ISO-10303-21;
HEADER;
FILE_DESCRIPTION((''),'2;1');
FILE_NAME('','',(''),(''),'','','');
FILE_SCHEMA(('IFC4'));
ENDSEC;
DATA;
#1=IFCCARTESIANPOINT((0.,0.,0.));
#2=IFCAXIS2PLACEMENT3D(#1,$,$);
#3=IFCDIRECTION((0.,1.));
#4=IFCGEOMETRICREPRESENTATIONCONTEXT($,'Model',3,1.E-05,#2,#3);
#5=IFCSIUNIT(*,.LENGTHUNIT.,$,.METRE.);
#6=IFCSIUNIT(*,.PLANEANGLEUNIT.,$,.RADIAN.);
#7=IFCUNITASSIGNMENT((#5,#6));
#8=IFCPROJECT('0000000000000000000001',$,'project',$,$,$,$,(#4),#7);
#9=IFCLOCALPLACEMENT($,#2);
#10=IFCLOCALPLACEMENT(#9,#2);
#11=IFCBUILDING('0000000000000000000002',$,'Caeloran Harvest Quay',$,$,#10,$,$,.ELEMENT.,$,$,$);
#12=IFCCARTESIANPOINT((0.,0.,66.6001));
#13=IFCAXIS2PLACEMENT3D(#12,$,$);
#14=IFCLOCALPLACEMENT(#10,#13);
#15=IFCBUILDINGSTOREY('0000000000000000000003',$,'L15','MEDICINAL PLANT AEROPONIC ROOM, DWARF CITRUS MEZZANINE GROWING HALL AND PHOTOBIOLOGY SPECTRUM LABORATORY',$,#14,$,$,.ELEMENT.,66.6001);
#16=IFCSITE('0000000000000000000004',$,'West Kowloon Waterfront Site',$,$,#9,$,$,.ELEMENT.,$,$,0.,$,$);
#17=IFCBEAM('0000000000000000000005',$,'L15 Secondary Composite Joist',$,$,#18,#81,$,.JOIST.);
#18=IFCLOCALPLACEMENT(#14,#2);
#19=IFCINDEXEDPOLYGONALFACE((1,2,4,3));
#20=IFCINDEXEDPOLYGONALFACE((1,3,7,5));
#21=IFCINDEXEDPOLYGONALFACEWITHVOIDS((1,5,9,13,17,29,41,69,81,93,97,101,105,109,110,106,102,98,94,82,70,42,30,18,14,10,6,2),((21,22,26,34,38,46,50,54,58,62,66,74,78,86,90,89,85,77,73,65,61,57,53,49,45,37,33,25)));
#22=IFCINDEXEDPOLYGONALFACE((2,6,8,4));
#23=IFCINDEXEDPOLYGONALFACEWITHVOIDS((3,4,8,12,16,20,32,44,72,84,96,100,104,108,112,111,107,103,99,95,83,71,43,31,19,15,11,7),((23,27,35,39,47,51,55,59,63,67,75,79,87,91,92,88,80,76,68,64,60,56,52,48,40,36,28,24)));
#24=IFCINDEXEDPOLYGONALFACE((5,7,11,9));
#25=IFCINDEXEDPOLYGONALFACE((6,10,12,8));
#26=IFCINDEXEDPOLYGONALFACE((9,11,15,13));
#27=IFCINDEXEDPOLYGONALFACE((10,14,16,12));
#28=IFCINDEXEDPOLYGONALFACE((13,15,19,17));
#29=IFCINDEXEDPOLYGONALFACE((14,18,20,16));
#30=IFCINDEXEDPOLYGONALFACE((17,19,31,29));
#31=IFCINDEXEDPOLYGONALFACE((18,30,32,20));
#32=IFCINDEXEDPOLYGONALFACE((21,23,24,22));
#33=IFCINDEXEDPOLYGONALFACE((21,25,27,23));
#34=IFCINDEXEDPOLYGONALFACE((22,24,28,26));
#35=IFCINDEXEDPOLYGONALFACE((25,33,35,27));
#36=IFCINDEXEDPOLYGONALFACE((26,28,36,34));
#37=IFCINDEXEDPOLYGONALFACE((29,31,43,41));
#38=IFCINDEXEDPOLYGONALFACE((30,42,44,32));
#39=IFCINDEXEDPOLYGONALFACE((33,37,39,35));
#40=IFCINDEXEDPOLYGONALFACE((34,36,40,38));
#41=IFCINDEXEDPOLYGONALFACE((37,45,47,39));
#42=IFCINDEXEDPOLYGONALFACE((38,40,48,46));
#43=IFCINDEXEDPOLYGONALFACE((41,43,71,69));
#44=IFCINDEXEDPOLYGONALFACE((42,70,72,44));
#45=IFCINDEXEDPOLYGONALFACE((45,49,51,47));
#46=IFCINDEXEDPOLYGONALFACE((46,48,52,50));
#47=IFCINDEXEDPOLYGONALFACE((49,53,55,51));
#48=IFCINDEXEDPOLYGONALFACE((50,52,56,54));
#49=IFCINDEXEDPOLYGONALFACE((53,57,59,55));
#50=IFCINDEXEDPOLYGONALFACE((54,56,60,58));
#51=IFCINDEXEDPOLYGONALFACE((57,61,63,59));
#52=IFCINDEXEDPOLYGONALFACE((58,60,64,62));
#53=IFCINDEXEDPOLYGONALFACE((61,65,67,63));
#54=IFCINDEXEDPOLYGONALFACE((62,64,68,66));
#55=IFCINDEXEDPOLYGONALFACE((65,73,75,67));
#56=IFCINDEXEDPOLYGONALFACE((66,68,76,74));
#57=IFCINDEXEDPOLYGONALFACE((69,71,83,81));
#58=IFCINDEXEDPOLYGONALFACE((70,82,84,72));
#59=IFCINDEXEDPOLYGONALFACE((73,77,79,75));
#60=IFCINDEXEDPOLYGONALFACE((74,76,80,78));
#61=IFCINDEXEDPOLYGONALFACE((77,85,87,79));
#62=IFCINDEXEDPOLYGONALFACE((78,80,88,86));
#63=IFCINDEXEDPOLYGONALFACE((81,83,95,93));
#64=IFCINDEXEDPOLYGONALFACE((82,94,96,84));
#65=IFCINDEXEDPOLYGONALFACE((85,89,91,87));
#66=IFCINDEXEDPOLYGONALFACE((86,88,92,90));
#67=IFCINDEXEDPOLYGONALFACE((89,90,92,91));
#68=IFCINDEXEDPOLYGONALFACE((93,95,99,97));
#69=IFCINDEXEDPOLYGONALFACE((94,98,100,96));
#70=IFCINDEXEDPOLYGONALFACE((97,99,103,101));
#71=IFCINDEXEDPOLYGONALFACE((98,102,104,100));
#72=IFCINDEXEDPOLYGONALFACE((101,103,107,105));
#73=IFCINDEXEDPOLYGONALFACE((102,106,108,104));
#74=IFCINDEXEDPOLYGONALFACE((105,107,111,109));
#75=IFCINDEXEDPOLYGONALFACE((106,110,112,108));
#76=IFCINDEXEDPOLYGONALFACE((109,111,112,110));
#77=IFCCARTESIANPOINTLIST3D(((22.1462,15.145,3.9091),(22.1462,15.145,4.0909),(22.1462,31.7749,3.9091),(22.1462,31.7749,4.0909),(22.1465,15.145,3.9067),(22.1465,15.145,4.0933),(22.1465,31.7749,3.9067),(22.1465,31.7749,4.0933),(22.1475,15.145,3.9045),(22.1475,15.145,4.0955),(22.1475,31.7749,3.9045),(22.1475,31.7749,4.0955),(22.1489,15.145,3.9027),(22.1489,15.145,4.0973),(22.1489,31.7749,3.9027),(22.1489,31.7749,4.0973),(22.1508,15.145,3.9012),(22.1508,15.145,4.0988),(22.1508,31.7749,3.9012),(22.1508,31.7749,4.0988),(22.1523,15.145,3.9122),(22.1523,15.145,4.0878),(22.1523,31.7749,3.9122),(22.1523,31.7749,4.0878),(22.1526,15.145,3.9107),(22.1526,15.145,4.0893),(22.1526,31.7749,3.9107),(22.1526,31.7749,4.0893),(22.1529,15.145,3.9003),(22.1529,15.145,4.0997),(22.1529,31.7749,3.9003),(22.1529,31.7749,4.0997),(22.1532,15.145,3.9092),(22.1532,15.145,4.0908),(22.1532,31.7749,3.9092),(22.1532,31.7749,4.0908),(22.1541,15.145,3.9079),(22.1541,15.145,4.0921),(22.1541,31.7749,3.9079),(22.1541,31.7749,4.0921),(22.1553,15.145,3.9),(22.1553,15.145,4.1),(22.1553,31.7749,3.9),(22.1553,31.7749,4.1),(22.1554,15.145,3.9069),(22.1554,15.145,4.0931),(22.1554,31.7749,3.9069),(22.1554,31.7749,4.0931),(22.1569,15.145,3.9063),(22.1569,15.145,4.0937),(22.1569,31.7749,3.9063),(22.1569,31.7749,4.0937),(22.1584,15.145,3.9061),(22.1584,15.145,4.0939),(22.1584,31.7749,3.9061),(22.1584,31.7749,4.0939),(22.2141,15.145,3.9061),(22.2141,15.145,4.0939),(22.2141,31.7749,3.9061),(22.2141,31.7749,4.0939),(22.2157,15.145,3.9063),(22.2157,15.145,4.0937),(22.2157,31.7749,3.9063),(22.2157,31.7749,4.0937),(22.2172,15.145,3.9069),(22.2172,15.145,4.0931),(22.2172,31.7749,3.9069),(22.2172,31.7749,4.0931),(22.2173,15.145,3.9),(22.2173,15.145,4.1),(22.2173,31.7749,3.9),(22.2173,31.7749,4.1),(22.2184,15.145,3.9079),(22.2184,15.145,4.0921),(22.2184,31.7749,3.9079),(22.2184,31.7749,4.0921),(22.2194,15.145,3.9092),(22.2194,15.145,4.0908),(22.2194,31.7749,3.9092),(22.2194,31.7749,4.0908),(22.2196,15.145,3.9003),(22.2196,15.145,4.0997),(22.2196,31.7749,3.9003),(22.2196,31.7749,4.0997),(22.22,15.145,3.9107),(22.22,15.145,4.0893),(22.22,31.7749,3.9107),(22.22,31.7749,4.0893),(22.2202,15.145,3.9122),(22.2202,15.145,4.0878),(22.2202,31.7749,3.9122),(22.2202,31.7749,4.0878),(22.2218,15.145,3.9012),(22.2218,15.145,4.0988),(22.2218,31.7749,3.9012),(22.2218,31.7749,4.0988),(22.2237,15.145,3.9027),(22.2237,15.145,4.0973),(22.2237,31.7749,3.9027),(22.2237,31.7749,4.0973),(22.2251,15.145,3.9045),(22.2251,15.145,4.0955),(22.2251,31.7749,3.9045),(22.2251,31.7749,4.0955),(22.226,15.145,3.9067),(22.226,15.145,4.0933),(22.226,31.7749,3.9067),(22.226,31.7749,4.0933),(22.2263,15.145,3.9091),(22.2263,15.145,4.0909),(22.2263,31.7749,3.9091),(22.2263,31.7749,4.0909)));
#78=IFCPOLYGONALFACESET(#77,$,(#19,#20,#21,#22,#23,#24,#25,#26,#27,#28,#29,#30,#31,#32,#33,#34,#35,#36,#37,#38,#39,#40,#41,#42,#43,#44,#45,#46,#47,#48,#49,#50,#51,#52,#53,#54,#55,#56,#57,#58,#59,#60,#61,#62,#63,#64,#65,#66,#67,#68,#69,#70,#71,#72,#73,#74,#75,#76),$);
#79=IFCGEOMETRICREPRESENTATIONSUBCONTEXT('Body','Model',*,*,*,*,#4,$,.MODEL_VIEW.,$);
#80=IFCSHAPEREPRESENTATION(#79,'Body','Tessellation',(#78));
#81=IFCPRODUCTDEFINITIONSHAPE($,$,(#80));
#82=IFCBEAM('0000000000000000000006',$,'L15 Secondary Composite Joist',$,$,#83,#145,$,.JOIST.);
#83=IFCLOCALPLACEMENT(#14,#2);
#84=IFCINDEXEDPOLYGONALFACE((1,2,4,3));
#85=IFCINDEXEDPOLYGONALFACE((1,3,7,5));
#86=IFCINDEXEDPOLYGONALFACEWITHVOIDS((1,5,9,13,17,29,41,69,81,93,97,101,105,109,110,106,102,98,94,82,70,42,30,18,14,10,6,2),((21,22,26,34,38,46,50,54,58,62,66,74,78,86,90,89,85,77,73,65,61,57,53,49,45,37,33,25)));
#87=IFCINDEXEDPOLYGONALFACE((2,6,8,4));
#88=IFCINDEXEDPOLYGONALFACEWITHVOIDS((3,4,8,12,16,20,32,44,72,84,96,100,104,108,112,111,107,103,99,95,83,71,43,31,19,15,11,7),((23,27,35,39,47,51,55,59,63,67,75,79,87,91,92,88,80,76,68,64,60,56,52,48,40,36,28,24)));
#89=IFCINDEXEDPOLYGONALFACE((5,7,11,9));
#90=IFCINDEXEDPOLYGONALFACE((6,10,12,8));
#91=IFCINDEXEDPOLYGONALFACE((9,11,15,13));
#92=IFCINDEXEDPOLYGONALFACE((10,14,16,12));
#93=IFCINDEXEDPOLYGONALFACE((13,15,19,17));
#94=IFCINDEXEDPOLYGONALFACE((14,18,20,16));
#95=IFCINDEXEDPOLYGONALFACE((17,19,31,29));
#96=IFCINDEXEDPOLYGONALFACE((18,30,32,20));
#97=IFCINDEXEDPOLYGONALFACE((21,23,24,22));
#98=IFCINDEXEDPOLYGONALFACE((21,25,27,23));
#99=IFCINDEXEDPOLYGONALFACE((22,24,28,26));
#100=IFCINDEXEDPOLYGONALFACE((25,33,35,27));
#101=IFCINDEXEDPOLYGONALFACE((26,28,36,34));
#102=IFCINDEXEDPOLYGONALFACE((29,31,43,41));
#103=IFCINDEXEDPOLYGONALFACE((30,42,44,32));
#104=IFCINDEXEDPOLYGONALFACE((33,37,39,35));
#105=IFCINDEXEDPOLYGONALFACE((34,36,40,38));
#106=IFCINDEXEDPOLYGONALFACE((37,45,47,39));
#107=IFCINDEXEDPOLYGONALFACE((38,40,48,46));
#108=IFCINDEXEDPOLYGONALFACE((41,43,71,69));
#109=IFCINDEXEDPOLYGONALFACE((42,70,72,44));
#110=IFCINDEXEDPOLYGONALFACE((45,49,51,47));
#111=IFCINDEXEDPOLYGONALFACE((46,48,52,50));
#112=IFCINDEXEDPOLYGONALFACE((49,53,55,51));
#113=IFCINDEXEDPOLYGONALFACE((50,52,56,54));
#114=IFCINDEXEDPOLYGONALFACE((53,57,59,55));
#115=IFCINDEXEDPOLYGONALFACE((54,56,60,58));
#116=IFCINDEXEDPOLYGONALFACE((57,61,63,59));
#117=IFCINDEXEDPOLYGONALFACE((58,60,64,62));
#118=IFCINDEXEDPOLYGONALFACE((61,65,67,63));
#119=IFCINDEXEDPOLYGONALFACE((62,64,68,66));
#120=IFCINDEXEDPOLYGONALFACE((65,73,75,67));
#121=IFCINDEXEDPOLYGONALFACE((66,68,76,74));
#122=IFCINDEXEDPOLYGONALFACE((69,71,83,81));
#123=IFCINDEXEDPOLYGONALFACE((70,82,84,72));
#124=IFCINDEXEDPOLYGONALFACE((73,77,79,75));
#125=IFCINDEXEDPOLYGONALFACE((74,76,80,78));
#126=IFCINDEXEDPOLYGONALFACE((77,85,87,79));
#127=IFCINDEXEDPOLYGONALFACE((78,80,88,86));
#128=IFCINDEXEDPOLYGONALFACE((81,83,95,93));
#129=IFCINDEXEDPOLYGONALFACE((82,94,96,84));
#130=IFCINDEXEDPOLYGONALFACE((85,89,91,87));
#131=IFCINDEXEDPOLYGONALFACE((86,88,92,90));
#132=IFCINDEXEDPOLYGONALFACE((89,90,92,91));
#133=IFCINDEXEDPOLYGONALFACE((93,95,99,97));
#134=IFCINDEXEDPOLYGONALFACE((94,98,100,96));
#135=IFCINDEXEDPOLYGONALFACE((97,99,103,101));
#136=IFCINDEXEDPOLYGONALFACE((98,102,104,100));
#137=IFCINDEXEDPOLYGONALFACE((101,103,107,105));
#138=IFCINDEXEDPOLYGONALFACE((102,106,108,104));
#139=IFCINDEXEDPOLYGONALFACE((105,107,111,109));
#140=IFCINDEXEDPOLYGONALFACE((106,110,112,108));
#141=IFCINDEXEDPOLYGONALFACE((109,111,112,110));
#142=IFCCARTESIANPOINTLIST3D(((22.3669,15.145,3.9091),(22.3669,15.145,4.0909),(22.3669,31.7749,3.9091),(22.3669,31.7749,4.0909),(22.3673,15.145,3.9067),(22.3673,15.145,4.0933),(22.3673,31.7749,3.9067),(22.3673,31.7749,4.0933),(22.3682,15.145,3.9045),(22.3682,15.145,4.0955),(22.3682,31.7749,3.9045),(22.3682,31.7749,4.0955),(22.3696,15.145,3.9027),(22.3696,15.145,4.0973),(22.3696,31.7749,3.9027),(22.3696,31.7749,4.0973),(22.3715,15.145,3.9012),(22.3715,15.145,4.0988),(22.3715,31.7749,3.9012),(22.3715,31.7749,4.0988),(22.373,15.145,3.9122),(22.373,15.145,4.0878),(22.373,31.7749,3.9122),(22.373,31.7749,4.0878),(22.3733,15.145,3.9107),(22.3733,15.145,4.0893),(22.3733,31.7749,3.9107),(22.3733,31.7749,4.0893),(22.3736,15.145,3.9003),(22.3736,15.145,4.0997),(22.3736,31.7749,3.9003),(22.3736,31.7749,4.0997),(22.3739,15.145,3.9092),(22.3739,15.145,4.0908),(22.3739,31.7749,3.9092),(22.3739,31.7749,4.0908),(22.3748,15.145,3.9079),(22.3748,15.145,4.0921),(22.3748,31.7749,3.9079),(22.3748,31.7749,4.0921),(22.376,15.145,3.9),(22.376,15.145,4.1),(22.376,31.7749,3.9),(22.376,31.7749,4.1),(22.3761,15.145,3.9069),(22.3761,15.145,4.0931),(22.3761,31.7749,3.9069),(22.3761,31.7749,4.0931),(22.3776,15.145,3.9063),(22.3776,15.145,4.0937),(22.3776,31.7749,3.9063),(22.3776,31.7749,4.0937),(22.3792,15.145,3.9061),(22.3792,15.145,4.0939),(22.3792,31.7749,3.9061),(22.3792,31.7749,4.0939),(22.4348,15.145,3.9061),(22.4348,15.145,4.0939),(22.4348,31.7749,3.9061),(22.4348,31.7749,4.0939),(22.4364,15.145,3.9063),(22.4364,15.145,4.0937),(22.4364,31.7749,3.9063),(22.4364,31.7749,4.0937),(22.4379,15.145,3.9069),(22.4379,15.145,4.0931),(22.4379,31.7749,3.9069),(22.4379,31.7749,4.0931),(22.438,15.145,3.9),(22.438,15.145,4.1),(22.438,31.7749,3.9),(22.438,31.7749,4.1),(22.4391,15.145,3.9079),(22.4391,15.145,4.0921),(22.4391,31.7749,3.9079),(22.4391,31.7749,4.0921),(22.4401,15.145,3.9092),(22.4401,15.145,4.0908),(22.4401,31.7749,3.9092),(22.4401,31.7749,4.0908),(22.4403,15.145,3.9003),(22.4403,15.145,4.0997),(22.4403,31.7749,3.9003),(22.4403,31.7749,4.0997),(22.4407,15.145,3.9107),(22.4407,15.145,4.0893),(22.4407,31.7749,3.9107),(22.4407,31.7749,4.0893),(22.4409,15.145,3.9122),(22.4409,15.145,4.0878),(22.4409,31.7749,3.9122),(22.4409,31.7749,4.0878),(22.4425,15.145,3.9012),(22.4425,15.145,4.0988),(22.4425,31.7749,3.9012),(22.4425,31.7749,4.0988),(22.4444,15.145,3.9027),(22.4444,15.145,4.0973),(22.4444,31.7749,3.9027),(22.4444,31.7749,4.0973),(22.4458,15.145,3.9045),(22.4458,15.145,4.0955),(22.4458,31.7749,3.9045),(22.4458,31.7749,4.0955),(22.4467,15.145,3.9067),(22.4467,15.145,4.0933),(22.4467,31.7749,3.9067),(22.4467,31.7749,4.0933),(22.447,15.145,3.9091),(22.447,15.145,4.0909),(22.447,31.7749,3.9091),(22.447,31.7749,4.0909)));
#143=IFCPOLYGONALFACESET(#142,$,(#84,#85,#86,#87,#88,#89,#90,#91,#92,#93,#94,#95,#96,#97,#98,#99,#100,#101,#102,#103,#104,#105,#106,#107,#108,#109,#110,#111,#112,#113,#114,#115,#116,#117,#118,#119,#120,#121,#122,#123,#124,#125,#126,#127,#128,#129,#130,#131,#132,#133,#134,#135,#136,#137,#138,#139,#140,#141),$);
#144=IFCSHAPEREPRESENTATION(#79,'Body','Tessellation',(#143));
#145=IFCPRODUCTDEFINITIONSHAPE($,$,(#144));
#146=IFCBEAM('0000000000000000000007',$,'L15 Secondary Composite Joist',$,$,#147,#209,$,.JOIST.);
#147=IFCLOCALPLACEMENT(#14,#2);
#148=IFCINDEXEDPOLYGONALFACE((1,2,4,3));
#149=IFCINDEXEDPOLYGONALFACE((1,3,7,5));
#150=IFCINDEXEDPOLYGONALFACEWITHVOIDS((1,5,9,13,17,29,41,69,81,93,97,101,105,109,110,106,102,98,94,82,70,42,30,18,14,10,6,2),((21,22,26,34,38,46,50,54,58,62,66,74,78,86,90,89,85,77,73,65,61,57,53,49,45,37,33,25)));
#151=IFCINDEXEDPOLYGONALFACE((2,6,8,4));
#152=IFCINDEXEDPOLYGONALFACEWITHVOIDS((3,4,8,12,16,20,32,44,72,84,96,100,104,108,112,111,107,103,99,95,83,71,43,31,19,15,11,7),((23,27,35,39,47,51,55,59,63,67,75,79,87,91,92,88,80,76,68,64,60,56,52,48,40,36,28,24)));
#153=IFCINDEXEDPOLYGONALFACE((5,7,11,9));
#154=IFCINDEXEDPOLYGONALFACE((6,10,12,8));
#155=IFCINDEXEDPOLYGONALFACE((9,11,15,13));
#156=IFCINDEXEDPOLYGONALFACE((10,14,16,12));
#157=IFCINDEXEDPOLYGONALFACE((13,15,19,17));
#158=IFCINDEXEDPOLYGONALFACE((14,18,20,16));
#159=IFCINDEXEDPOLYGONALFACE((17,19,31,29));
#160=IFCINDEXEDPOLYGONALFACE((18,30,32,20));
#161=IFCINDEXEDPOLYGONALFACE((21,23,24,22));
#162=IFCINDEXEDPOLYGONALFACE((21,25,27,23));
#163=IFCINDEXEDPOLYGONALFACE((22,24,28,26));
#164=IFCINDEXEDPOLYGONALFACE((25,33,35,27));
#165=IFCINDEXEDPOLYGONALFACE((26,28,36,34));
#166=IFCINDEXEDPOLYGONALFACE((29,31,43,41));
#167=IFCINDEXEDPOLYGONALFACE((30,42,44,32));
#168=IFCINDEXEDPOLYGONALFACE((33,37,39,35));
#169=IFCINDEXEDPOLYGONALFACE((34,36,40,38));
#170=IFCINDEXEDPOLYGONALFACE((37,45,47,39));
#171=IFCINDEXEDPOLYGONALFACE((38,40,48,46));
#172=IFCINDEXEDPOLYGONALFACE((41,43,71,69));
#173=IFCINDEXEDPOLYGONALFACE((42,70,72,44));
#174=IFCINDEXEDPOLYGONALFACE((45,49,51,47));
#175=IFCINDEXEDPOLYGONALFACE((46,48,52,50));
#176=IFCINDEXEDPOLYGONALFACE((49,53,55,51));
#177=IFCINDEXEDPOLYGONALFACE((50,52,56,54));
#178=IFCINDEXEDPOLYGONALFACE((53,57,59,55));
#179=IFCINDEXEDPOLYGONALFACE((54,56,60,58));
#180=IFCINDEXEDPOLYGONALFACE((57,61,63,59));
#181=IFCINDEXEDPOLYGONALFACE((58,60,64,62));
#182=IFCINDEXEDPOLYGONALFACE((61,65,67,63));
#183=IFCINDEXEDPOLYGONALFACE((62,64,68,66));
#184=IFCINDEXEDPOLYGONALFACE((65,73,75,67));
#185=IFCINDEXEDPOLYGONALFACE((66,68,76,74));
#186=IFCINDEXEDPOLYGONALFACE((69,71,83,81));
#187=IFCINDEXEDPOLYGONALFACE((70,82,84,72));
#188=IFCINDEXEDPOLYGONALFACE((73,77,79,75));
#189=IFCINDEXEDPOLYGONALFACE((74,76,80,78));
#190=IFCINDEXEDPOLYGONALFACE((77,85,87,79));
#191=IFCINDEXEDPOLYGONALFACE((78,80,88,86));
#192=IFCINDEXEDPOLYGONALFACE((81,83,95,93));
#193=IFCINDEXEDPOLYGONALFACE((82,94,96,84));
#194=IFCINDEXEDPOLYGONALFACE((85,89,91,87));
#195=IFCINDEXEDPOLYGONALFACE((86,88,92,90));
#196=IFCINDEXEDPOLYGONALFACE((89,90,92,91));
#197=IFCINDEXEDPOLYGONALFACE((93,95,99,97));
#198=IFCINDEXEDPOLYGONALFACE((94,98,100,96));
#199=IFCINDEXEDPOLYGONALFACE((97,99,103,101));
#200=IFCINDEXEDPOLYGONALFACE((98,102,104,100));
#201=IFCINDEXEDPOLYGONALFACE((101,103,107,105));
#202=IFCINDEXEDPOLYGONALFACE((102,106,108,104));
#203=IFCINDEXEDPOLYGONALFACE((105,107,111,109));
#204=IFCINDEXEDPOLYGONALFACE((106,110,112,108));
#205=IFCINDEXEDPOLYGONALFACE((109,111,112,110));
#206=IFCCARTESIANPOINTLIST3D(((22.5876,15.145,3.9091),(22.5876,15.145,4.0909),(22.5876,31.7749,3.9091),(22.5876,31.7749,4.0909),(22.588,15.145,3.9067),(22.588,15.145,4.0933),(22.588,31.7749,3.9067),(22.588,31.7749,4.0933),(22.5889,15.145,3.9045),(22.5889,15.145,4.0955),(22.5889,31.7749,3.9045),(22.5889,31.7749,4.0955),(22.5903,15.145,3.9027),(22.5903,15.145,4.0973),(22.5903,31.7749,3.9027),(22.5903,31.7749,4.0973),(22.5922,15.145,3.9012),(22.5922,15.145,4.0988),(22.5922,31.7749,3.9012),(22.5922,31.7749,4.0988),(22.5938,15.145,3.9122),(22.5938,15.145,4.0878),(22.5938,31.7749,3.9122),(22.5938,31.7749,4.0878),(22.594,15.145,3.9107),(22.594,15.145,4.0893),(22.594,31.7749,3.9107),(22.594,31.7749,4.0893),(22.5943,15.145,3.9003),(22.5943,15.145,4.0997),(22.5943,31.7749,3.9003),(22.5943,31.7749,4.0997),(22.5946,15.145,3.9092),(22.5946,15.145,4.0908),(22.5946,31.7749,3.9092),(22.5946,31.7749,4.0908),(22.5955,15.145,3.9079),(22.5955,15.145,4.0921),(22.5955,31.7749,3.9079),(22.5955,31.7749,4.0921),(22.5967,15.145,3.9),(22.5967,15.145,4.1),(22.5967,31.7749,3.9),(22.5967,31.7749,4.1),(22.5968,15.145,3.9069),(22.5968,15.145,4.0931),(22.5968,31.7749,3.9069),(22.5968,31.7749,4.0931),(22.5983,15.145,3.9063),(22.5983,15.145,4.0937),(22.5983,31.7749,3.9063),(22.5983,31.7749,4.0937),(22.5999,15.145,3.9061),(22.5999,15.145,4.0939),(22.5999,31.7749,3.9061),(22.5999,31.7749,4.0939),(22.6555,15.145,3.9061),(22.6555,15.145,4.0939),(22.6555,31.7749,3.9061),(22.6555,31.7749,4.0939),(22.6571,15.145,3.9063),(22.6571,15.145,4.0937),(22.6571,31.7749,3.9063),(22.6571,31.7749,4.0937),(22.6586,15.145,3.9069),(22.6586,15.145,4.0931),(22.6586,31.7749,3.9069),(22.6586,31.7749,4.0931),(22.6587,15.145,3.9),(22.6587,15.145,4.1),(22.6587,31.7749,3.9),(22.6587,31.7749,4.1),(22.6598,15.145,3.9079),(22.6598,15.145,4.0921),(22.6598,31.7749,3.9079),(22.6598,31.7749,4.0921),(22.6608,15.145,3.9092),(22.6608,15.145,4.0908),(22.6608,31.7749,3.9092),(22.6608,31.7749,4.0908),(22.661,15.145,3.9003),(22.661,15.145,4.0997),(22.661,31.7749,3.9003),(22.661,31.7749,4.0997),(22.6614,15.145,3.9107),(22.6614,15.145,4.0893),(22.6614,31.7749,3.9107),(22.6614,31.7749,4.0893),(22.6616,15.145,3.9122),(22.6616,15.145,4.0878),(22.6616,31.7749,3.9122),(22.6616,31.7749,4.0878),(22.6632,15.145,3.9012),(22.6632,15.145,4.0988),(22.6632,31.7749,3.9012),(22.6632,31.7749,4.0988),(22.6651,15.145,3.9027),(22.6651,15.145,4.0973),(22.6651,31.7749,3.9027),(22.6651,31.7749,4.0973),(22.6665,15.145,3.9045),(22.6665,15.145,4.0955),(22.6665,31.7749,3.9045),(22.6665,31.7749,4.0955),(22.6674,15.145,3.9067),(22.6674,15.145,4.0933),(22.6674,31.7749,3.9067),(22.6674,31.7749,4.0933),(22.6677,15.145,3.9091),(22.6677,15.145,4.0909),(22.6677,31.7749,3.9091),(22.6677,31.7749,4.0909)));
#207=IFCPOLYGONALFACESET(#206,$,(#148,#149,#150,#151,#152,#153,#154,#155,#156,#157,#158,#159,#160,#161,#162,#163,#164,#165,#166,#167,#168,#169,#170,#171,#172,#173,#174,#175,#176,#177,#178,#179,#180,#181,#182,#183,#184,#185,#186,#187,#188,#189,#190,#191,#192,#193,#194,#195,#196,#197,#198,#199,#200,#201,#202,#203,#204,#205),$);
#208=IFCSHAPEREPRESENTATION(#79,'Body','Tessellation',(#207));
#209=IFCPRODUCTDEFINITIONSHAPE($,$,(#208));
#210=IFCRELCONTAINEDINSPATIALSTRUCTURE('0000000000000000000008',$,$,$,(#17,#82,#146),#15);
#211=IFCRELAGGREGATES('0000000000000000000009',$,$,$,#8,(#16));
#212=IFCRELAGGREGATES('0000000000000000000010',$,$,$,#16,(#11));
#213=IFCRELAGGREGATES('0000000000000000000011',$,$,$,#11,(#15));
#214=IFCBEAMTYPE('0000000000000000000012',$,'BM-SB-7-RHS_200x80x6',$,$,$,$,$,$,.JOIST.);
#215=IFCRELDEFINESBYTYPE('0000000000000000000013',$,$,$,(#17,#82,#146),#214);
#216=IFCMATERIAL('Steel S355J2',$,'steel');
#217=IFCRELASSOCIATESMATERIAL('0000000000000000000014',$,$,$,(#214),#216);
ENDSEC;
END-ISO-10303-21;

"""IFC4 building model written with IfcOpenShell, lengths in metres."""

from ifc_helpers import new_model, si_unit, direction, frame, origin, origin_2d, place, context, subcontext, project, spatial, hollow_rectangle, extrude, material, material_profile, profile_set, type_object, element, save


model = new_model("IFC4")

# Units and contexts
model_context = context("Model", 3, precision=1e-05, world=origin(), true_north=direction((0.0, 1.0)))
body_context = subcontext(model_context, "Body", "Model", "MODEL_VIEW")
ifc_project = project(units=[si_unit("LENGTHUNIT", "METRE"), si_unit("PLANEANGLEUNIT", "RADIAN")], contexts=[model_context])

# Site, building, storey
site_placement = place(None, origin())
site = spatial("IfcSite", under=ifc_project, at=site_placement, Name="West Kowloon Waterfront Site", CompositionType="ELEMENT", RefElevation=0.0)
building_placement = place(site_placement, origin())
building = spatial("IfcBuilding", under=site, at=building_placement, Name="Caeloran Harvest Quay", CompositionType="ELEMENT")
storey_placement = place(building_placement, frame((0.0, 0.0, 66.6001)))
storey = spatial("IfcBuildingStorey", under=building, at=storey_placement, Name="L15", Description="MEDICINAL PLANT AEROPONIC ROOM, DWARF CITRUS MEZZANINE GROWING HALL AND PHOTOBIOLOGY SPECTRUM LABORATORY", CompositionType="ELEMENT", Elevation=66.6001)

# Beams
ifc_material_1 = material(Name="Steel S355J2", Category="steel")
ifc_material_profile_1 = material_profile(ifc_material_1, hollow_rectangle(XDim=0.0801, YDim=0.2, WallThickness=0.0061, InnerFilletRadius=0.0061, OuterFilletRadius=0.009, at=origin_2d()), Name="RHS 200x80x6")
ifc_profile_set_1 = profile_set([ifc_material_profile_1], Name="Steel S355J2")
beam_type_1 = type_object("IfcBeamType", Name="BM-SB-7-RHS_200x80x6", PredefinedType="JOIST", material=ifc_profile_set_1)
for number, where, z_axis, x_axis, name in (
    (1, (22.1863, 15.145, 4.0), (0.0, 1.0, 0.0), (-1.0, 0.0, 0.0), "L15 Secondary Composite Joist"),
    (2, (22.407, 15.145, 4.0), (0.0, 1.0, 0.0), (-1.0, 0.0, 0.0), "L15 Secondary Composite Joist"),
    (3, (22.6277, 15.145, 4.0), (0.0, 1.0, 0.0), (-1.0, 0.0, 0.0), "L15 Secondary Composite Joist"),
):
    element("IfcBeam", number, at=place(storey_placement, frame(where, z_axis=z_axis, x_axis=x_axis)), inside=storey, type_object=beam_type_1, Name=name, PredefinedType="JOIST", context=body_context, shape_type="SweptSolid", body=[
        extrude(hollow_rectangle(XDim=0.0801, YDim=0.2, WallThickness=0.0061, InnerFilletRadius=0.0061, OuterFilletRadius=0.009, at=origin_2d()), origin(), (0.0, 0.0, 1.0), 16.6299),
    ])

save(model, "model.ifc")
